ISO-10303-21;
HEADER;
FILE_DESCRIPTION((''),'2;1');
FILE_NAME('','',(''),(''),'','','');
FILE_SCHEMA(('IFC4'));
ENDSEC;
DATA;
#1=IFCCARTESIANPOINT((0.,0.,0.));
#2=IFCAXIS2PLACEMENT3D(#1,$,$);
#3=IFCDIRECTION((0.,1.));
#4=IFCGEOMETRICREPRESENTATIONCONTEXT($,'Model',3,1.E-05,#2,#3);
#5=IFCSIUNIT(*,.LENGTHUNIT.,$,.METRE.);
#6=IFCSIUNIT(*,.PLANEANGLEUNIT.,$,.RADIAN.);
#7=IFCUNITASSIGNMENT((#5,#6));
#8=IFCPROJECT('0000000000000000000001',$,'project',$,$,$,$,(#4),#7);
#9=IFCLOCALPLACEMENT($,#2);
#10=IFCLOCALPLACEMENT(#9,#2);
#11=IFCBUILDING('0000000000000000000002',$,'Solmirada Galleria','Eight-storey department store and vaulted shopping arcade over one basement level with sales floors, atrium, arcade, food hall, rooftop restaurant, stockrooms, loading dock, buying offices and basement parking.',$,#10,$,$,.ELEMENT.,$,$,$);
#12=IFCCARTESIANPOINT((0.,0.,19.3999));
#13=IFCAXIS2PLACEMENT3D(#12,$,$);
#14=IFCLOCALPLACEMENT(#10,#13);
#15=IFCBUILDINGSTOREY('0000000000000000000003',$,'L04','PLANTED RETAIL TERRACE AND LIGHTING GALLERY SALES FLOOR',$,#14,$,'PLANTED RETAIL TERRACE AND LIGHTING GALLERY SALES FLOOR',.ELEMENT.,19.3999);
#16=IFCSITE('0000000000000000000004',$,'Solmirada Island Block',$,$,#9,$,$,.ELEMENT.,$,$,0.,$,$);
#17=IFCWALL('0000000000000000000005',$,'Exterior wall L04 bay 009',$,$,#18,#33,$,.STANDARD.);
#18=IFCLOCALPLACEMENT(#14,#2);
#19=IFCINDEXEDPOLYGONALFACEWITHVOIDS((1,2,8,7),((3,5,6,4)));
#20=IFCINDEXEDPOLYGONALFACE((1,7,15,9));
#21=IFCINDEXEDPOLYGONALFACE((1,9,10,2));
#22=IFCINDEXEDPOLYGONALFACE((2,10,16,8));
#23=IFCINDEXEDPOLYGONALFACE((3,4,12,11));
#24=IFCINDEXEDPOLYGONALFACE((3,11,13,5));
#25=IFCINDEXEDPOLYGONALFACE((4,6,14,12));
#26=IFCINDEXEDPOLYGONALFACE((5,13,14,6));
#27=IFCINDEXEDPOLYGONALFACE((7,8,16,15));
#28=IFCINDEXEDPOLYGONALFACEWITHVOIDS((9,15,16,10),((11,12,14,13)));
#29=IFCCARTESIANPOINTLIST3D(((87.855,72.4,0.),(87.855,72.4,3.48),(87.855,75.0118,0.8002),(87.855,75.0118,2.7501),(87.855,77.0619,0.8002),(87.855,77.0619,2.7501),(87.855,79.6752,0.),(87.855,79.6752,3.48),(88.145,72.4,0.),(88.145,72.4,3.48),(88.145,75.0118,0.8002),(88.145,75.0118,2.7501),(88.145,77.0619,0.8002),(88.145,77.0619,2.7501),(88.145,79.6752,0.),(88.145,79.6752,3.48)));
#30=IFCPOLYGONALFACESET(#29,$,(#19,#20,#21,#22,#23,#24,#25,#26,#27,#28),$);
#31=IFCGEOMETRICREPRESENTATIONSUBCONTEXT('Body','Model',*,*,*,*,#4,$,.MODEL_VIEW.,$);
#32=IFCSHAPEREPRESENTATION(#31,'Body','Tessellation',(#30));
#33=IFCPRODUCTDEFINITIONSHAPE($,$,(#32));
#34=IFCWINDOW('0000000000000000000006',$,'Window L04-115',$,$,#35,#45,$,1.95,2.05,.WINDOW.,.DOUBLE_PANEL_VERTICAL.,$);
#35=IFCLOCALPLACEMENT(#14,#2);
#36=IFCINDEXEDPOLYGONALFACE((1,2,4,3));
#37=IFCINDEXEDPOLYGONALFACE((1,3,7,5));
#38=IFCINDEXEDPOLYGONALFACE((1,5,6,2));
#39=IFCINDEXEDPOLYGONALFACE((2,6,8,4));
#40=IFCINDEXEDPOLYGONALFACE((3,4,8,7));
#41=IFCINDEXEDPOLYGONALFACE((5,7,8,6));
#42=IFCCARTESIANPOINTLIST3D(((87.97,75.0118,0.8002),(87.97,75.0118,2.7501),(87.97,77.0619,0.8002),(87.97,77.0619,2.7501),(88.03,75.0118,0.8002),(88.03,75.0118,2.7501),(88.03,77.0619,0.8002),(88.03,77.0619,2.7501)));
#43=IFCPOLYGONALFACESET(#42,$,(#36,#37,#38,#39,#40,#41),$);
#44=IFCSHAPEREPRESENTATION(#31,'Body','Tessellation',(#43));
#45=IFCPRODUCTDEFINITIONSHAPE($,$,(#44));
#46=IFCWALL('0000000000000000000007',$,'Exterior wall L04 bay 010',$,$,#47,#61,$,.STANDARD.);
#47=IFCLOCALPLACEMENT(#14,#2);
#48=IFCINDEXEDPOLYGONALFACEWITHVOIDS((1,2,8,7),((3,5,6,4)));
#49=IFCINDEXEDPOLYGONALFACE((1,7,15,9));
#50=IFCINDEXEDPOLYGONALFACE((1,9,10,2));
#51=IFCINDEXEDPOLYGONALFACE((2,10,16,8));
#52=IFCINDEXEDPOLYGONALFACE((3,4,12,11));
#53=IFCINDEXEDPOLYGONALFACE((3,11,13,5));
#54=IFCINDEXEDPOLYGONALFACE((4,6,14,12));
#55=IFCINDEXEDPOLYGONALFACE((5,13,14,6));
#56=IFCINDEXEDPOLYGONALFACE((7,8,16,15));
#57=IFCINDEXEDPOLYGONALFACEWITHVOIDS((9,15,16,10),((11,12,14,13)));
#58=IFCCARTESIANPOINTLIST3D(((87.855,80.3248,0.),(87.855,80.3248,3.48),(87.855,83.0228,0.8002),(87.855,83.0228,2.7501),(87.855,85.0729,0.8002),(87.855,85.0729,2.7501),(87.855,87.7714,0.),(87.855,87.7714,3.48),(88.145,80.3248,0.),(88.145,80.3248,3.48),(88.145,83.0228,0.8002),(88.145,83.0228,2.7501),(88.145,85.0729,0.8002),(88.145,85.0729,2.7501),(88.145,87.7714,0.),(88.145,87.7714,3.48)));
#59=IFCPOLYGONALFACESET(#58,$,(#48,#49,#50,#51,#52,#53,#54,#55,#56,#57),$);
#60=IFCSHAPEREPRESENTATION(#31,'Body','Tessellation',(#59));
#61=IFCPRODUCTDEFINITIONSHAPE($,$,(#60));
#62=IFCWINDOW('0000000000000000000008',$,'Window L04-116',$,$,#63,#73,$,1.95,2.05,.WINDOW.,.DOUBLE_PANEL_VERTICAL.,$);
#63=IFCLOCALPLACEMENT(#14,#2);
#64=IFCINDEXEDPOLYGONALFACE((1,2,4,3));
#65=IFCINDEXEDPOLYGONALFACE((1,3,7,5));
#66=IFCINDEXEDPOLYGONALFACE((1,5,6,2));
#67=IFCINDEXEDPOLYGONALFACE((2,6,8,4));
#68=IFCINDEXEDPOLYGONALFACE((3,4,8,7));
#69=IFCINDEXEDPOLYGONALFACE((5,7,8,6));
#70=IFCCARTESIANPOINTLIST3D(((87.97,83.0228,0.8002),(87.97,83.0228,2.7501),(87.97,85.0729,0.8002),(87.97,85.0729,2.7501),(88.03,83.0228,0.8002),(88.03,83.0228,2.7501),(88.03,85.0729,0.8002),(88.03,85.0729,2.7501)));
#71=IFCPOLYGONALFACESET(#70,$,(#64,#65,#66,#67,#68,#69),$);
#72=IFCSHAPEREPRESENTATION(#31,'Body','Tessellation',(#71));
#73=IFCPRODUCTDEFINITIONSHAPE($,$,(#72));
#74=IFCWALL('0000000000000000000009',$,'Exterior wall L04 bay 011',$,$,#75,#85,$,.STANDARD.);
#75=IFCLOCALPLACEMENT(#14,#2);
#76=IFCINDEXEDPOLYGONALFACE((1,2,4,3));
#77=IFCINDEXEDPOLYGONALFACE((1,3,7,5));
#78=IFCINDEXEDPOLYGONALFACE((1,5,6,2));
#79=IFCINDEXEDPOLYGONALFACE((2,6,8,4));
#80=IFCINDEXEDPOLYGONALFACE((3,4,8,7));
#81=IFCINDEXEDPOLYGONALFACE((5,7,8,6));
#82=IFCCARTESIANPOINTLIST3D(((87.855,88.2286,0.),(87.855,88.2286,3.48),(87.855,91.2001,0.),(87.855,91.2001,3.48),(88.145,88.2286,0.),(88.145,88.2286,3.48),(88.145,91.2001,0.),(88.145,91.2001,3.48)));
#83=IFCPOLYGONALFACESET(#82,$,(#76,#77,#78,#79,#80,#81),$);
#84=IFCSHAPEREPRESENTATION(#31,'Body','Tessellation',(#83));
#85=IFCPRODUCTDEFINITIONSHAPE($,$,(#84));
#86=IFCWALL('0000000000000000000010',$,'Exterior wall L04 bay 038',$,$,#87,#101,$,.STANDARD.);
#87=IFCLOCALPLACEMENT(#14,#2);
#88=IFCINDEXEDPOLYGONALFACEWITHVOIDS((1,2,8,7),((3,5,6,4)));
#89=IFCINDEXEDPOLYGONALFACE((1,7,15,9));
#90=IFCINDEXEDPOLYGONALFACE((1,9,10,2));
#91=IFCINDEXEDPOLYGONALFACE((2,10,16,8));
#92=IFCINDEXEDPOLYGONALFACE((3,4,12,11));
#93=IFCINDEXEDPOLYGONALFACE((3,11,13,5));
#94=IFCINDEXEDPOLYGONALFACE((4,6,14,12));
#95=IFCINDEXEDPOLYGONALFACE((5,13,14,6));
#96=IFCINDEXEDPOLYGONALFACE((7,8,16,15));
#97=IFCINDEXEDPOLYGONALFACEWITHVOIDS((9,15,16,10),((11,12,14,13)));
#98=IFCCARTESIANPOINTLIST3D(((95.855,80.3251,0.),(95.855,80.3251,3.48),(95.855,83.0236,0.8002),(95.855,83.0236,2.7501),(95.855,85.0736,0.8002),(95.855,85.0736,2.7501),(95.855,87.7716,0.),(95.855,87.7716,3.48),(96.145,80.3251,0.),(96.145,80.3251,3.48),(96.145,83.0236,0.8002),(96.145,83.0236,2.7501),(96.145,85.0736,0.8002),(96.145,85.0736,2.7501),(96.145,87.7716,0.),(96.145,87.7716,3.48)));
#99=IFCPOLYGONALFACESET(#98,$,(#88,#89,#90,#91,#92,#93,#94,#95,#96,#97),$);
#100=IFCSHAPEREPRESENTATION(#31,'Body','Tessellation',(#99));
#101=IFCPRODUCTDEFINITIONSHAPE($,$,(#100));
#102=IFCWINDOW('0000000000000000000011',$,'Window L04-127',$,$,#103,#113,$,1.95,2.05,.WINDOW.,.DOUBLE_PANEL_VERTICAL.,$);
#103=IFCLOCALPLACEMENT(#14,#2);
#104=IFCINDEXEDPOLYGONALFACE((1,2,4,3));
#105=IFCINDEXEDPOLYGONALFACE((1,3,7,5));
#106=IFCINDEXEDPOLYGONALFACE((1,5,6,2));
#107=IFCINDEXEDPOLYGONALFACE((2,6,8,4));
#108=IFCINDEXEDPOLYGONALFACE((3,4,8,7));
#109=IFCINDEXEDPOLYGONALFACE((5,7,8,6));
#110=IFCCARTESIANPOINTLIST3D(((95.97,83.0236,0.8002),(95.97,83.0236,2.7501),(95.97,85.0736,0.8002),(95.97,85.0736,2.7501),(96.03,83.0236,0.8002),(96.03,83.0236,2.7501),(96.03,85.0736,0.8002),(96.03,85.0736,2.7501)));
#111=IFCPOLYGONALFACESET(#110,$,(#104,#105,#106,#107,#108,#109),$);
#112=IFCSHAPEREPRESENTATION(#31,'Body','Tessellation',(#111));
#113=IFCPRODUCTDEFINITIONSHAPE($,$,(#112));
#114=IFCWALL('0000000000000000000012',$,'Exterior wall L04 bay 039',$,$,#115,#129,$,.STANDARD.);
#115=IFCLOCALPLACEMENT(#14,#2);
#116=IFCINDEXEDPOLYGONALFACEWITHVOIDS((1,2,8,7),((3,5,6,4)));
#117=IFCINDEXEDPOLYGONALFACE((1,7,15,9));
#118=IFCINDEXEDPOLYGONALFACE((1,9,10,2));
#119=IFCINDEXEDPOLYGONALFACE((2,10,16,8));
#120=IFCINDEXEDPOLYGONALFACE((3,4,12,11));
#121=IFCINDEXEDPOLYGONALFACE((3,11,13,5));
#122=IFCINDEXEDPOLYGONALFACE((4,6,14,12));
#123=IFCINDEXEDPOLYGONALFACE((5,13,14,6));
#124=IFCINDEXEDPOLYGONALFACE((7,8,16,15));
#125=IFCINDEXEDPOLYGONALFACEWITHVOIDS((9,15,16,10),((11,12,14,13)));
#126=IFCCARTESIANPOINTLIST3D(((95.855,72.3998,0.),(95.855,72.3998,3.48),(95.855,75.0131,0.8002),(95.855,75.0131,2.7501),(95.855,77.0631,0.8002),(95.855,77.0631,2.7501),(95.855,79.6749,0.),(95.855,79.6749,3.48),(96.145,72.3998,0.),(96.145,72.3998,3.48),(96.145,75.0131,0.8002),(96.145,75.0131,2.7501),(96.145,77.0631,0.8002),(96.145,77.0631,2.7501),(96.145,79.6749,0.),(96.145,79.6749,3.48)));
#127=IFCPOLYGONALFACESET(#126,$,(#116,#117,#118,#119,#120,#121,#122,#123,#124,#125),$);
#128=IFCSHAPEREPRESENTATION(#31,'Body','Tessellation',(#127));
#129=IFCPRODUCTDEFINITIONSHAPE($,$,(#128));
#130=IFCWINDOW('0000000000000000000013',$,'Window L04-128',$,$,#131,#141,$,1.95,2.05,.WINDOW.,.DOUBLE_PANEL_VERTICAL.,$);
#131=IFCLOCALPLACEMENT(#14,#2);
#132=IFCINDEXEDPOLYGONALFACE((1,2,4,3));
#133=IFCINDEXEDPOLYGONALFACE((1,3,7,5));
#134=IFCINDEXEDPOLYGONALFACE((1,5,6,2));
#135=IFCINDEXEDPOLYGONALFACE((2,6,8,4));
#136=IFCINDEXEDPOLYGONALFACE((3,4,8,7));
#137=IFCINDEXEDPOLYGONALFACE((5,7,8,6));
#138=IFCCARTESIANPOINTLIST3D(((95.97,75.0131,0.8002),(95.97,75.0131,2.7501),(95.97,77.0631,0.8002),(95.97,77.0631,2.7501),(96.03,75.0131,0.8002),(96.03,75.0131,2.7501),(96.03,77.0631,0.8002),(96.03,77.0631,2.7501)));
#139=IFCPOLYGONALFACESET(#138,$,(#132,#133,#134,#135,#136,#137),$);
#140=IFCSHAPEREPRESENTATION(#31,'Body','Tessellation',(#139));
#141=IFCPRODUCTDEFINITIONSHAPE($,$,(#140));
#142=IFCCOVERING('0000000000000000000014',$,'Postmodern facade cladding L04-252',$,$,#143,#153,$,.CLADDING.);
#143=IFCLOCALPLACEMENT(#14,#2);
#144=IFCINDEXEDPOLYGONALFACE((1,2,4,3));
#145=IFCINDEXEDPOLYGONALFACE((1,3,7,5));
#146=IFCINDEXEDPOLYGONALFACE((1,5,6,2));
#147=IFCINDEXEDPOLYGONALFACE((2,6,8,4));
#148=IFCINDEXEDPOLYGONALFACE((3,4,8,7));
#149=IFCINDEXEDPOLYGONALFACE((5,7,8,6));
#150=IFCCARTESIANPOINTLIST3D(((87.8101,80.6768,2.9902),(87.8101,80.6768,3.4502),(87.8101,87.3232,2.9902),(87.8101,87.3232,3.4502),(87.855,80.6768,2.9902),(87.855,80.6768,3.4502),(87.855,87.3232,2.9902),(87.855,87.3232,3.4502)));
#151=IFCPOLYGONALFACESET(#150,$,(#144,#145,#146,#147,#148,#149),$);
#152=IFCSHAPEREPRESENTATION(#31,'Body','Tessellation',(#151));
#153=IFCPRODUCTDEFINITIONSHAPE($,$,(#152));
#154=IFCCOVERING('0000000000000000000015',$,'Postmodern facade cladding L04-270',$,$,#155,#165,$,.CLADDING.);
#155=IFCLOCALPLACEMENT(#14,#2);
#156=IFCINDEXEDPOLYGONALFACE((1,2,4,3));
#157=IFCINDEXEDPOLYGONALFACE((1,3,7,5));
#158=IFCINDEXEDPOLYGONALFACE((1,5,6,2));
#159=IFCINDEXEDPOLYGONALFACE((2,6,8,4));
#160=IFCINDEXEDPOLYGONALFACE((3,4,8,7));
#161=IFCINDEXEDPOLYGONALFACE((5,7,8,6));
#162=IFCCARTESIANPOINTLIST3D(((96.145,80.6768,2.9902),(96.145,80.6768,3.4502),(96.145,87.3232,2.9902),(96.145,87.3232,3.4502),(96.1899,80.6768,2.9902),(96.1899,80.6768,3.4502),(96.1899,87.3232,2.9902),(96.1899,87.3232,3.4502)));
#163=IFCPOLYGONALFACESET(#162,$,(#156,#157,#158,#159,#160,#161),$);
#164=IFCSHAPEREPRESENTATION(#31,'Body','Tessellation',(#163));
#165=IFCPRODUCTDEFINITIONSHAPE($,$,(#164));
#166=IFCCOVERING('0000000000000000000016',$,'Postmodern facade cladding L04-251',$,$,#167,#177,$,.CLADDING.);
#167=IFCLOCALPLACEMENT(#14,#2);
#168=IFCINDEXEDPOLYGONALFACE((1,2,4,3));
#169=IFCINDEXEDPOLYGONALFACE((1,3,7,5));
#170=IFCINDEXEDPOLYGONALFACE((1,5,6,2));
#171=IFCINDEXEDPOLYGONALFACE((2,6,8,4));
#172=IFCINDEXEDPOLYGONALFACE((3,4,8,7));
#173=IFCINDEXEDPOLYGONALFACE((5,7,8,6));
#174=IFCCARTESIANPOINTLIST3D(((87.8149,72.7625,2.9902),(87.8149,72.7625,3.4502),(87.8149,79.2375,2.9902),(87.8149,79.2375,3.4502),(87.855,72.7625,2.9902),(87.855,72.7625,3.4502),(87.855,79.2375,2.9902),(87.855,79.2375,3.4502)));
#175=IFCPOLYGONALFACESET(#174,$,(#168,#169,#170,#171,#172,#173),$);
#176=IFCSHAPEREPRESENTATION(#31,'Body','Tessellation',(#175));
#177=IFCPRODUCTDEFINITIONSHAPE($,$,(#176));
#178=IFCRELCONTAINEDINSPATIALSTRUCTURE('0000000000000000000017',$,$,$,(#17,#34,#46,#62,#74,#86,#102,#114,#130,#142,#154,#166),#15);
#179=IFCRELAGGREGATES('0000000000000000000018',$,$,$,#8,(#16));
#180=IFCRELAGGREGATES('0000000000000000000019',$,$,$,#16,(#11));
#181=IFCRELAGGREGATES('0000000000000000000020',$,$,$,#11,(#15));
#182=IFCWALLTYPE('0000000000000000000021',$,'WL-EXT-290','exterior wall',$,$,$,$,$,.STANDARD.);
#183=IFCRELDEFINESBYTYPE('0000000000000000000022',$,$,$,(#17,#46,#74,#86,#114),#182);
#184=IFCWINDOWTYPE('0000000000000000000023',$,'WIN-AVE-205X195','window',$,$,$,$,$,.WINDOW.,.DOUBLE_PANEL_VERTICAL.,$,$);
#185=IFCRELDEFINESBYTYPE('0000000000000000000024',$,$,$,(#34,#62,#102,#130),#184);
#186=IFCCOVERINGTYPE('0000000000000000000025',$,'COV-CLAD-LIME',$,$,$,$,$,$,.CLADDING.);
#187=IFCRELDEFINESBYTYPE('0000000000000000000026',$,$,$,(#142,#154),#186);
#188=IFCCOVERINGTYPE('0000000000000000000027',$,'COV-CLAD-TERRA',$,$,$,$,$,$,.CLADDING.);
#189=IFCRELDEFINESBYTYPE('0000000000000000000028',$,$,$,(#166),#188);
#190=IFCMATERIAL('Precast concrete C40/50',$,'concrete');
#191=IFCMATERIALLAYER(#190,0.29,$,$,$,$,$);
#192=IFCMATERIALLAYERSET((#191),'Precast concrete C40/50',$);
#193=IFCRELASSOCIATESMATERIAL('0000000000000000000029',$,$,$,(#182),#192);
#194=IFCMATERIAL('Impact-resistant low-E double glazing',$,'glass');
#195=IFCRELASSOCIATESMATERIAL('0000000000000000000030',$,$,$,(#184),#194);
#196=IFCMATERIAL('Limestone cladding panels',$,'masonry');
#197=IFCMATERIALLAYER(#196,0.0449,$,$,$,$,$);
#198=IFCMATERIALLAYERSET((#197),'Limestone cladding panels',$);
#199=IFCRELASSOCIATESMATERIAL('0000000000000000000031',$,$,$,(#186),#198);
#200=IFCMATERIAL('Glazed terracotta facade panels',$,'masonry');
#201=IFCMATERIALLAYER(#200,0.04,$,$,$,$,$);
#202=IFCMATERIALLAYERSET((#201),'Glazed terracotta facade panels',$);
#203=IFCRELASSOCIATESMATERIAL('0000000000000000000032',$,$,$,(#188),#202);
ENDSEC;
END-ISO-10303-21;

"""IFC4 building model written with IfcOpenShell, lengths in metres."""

from ifc_helpers import new_model, si_unit, direction, frame, frame_2d, origin, origin_2d, place, context, subcontext, project, spatial, rectangle, extrude, material, layer, layer_set, type_object, element, fill, save


model = new_model("IFC4")

# Units and contexts
model_context = context("Model", 3, precision=1e-05, world=origin(), true_north=direction((0.0, 1.0)))
body_context = subcontext(model_context, "Body", "Model", "MODEL_VIEW")
ifc_project = project(units=[si_unit("LENGTHUNIT", "METRE"), si_unit("PLANEANGLEUNIT", "RADIAN")], contexts=[model_context])

# Site, building, storey
site_placement = place(None, origin())
site = spatial("IfcSite", under=ifc_project, at=site_placement, Name="Solmirada Island Block", CompositionType="ELEMENT", RefElevation=0.0)
building_placement = place(site_placement, origin())
building = spatial("IfcBuilding", under=site, at=building_placement, Name="Solmirada Galleria", Description="Eight-storey department store and vaulted shopping arcade over one basement level with sales floors, atrium, arcade, food hall, rooftop restaurant, stockrooms, loading dock, buying offices and basement parking.", CompositionType="ELEMENT")
storey_placement = place(building_placement, frame((0.0, 0.0, 19.3999)))
storey = spatial("IfcBuildingStorey", under=building, at=storey_placement, Name="L04", Description="PLANTED RETAIL TERRACE AND LIGHTING GALLERY SALES FLOOR", LongName="PLANTED RETAIL TERRACE AND LIGHTING GALLERY SALES FLOOR", CompositionType="ELEMENT", Elevation=19.3999)

# Walls, openings, windows
ifc_material_1 = material(Name="Precast concrete C40/50", Category="concrete")
ifc_layer_1 = layer(ifc_material_1, 0.29)
ifc_layer_set_1 = layer_set([ifc_layer_1], Name="Precast concrete C40/50")
wall_type = type_object("IfcWallType", Name="WL-EXT-290", Description="exterior wall", PredefinedType="STANDARD", material=ifc_layer_set_1)
wall_1_placement = place(storey_placement, frame((88.0, 72.3999, 0.0), z_axis=(0.0, 0.0, 1.0), x_axis=(0.0, 1.0, 0.0)))
wall_1 = element("IfcWall", 1, at=wall_1_placement, inside=storey, type_object=wall_type, Name="Exterior wall L04 bay 009", PredefinedType="STANDARD", context=body_context, shape_type="SweptSolid", body=[
    extrude(rectangle(XDim=7.2751, YDim=0.29, at=frame_2d((3.6377, 0.0))), origin(), (0.0, 0.0, 1.0), 3.48),
])
opening_1_placement = place(wall_1_placement, frame((2.6121, 0.0, 0.8)))
opening_1 = element("IfcOpeningElement", 2, at=opening_1_placement, cuts=wall_1, PredefinedType="OPENING", context=body_context, shape_type="SweptSolid", body=[
    extrude(rectangle(XDim=2.05, YDim=1.95, at=frame_2d((1.0249, 0.9751))), frame((0.0, 0.155, 0.0), z_axis=(0.0, -1.0, 0.0), x_axis=(1.0, 0.0, 0.0)), (0.0, 0.0, 1.0), 0.3101),
])
ifc_material_2 = material(Name="Impact-resistant low-E double glazing", Category="glass")
window_type = type_object("IfcWindowType", Name="WIN-AVE-205X195", Description="window", PartitioningType="DOUBLE_PANEL_VERTICAL", PredefinedType="WINDOW", material=ifc_material_2)
window_1_placement = place(opening_1_placement, origin())
window_1 = element("IfcWindow", 3, at=window_1_placement, inside=storey, type_object=window_type, Name="Window L04-115", OverallHeight=1.95, OverallWidth=2.05, PartitioningType="DOUBLE_PANEL_VERTICAL", PredefinedType="WINDOW", context=body_context, shape_type="SweptSolid", body=[
    extrude(rectangle(XDim=2.05, YDim=1.95, at=frame_2d((1.0249, 0.9751))), frame((0.0, 0.03, 0.0), z_axis=(0.0, -1.0, 0.0), x_axis=(1.0, 0.0, 0.0)), (0.0, 0.0, 1.0), 0.0601),
])
fill(opening_1, window_1)
wall_2_placement = place(storey_placement, frame((88.0, 80.325, 0.0), z_axis=(0.0, 0.0, 1.0), x_axis=(0.0, 1.0, 0.0)))
wall_2 = element("IfcWall", 4, at=wall_2_placement, inside=storey, type_object=wall_type, Name="Exterior wall L04 bay 010", PredefinedType="STANDARD", context=body_context, shape_type="SweptSolid", body=[
    extrude(rectangle(XDim=7.4465, YDim=0.29, at=frame_2d((3.7231, 0.0))), origin(), (0.0, 0.0, 1.0), 3.48),
])
opening_2_placement = place(wall_2_placement, frame((2.698, 0.0, 0.8)))
opening_2 = element("IfcOpeningElement", 5, at=opening_2_placement, cuts=wall_2, PredefinedType="OPENING", context=body_context, shape_type="SweptSolid", body=[
    extrude(rectangle(XDim=2.05, YDim=1.95, at=frame_2d((1.0249, 0.9751))), frame((0.0, 0.155, 0.0), z_axis=(0.0, -1.0, 0.0), x_axis=(1.0, 0.0, 0.0)), (0.0, 0.0, 1.0), 0.3101),
])
window_2_placement = place(opening_2_placement, origin())
window_2 = element("IfcWindow", 6, at=window_2_placement, inside=storey, type_object=window_type, Name="Window L04-116", OverallHeight=1.95, OverallWidth=2.05, PartitioningType="DOUBLE_PANEL_VERTICAL", PredefinedType="WINDOW", context=body_context, shape_type="SweptSolid", body=[
    extrude(rectangle(XDim=2.05, YDim=1.95, at=frame_2d((1.0249, 0.9751))), frame((0.0, 0.03, 0.0), z_axis=(0.0, -1.0, 0.0), x_axis=(1.0, 0.0, 0.0)), (0.0, 0.0, 1.0), 0.0601),
])
fill(opening_2, window_2)

# Wall
wall_3_placement = place(storey_placement, frame((88.0, 88.2285, 0.0), z_axis=(0.0, 0.0, 1.0), x_axis=(0.0, 1.0, 0.0)))
element("IfcWall", 7, at=wall_3_placement, inside=storey, type_object=wall_type, Name="Exterior wall L04 bay 011", PredefinedType="STANDARD", context=body_context, shape_type="SweptSolid", body=[
    extrude(rectangle(XDim=2.9714, YDim=0.29, at=frame_2d((1.4858, 0.0))), origin(), (0.0, 0.0, 1.0), 3.48),
])

# Walls, openings, windows
wall_4_placement = place(storey_placement, frame((96.0, 87.7715, 0.0), z_axis=(0.0, 0.0, 1.0), x_axis=(0.0, -1.0, 0.0)))
wall_4 = element("IfcWall", 8, at=wall_4_placement, inside=storey, type_object=wall_type, Name="Exterior wall L04 bay 038", PredefinedType="STANDARD", context=body_context, shape_type="SweptSolid", body=[
    extrude(rectangle(XDim=7.4465, YDim=0.29, at=frame_2d((3.7231, 0.0))), origin(), (0.0, 0.0, 1.0), 3.48),
])
opening_3_placement = place(wall_4_placement, frame((2.698, 0.0, 0.8)))
opening_3 = element("IfcOpeningElement", 9, at=opening_3_placement, cuts=wall_4, PredefinedType="OPENING", context=body_context, shape_type="SweptSolid", body=[
    extrude(rectangle(XDim=2.05, YDim=1.95, at=frame_2d((1.0249, 0.9751))), frame((0.0, 0.155, 0.0), z_axis=(0.0, -1.0, 0.0), x_axis=(1.0, 0.0, 0.0)), (0.0, 0.0, 1.0), 0.3101),
])
window_3_placement = place(opening_3_placement, origin())
window_3 = element("IfcWindow", 10, at=window_3_placement, inside=storey, type_object=window_type, Name="Window L04-127", OverallHeight=1.95, OverallWidth=2.05, PartitioningType="DOUBLE_PANEL_VERTICAL", PredefinedType="WINDOW", context=body_context, shape_type="SweptSolid", body=[
    extrude(rectangle(XDim=2.05, YDim=1.95, at=frame_2d((1.0249, 0.9751))), frame((0.0, 0.03, 0.0), z_axis=(0.0, -1.0, 0.0), x_axis=(1.0, 0.0, 0.0)), (0.0, 0.0, 1.0), 0.0601),
])
fill(opening_3, window_3)
wall_5_placement = place(storey_placement, frame((96.0, 79.675, 0.0), z_axis=(0.0, 0.0, 1.0), x_axis=(0.0, -1.0, 0.0)))
wall_5 = element("IfcWall", 11, at=wall_5_placement, inside=storey, type_object=wall_type, Name="Exterior wall L04 bay 039", PredefinedType="STANDARD", context=body_context, shape_type="SweptSolid", body=[
    extrude(rectangle(XDim=7.2751, YDim=0.29, at=frame_2d((3.6377, 0.0))), origin(), (0.0, 0.0, 1.0), 3.48),
])
opening_4_placement = place(wall_5_placement, frame((2.6121, 0.0, 0.8)))
opening_4 = element("IfcOpeningElement", 12, at=opening_4_placement, cuts=wall_5, PredefinedType="OPENING", context=body_context, shape_type="SweptSolid", body=[
    extrude(rectangle(XDim=2.05, YDim=1.95, at=frame_2d((1.0249, 0.9751))), frame((0.0, 0.155, 0.0), z_axis=(0.0, -1.0, 0.0), x_axis=(1.0, 0.0, 0.0)), (0.0, 0.0, 1.0), 0.3101),
])
window_4_placement = place(opening_4_placement, origin())
window_4 = element("IfcWindow", 13, at=window_4_placement, inside=storey, type_object=window_type, Name="Window L04-128", OverallHeight=1.95, OverallWidth=2.05, PartitioningType="DOUBLE_PANEL_VERTICAL", PredefinedType="WINDOW", context=body_context, shape_type="SweptSolid", body=[
    extrude(rectangle(XDim=2.05, YDim=1.95, at=frame_2d((1.0249, 0.9751))), frame((0.0, 0.03, 0.0), z_axis=(0.0, -1.0, 0.0), x_axis=(1.0, 0.0, 0.0)), (0.0, 0.0, 1.0), 0.0601),
])
fill(opening_4, window_4)

# Coverings
ifc_material_3 = material(Name="Limestone cladding panels", Category="masonry")
ifc_layer_2 = layer(ifc_material_3, 0.0449)
ifc_layer_set_2 = layer_set([ifc_layer_2], Name="Limestone cladding panels")
covering_type_1 = type_object("IfcCoveringType", Name="COV-CLAD-LIME", PredefinedType="CLADDING", material=ifc_layer_set_2)
for number, where, z_axis, x_axis, name in (
    (14, (87.8325, 84.0, 2.9902), (0.0, 0.0, 1.0), (0.0, 1.0, 0.0), "Postmodern facade cladding L04-252"),
    (15, (96.1675, 84.0, 2.9902), (0.0, 0.0, 1.0), (0.0, -1.0, 0.0), "Postmodern facade cladding L04-270"),
):
    element("IfcCovering", number, at=place(storey_placement, frame(where, z_axis=z_axis, x_axis=x_axis)), inside=storey, type_object=covering_type_1, Name=name, PredefinedType="CLADDING", context=body_context, shape_type="SweptSolid", body=[
        extrude(rectangle(XDim=6.6465, YDim=0.0449, at=origin_2d()), origin(), (0.0, 0.0, 1.0), 0.46),
    ])
ifc_material_4 = material(Name="Glazed terracotta facade panels", Category="masonry")
ifc_layer_3 = layer(ifc_material_4, 0.04)
ifc_layer_set_3 = layer_set([ifc_layer_3], Name="Glazed terracotta facade panels")
covering_type_2 = type_object("IfcCoveringType", Name="COV-CLAD-TERRA", PredefinedType="CLADDING", material=ifc_layer_set_3)
for number, where, z_axis, x_axis, name in (
    (16, (87.835, 76.0, 2.9902), (0.0, 0.0, 1.0), (0.0, 1.0, 0.0), "Postmodern facade cladding L04-251"),
):
    element("IfcCovering", number, at=place(storey_placement, frame(where, z_axis=z_axis, x_axis=x_axis)), inside=storey, type_object=covering_type_2, Name=name, PredefinedType="CLADDING", context=body_context, shape_type="SweptSolid", body=[
        extrude(rectangle(XDim=6.4751, YDim=0.04, at=origin_2d()), origin(), (0.0, 0.0, 1.0), 0.46),
    ])

save(model, "model.ifc")
